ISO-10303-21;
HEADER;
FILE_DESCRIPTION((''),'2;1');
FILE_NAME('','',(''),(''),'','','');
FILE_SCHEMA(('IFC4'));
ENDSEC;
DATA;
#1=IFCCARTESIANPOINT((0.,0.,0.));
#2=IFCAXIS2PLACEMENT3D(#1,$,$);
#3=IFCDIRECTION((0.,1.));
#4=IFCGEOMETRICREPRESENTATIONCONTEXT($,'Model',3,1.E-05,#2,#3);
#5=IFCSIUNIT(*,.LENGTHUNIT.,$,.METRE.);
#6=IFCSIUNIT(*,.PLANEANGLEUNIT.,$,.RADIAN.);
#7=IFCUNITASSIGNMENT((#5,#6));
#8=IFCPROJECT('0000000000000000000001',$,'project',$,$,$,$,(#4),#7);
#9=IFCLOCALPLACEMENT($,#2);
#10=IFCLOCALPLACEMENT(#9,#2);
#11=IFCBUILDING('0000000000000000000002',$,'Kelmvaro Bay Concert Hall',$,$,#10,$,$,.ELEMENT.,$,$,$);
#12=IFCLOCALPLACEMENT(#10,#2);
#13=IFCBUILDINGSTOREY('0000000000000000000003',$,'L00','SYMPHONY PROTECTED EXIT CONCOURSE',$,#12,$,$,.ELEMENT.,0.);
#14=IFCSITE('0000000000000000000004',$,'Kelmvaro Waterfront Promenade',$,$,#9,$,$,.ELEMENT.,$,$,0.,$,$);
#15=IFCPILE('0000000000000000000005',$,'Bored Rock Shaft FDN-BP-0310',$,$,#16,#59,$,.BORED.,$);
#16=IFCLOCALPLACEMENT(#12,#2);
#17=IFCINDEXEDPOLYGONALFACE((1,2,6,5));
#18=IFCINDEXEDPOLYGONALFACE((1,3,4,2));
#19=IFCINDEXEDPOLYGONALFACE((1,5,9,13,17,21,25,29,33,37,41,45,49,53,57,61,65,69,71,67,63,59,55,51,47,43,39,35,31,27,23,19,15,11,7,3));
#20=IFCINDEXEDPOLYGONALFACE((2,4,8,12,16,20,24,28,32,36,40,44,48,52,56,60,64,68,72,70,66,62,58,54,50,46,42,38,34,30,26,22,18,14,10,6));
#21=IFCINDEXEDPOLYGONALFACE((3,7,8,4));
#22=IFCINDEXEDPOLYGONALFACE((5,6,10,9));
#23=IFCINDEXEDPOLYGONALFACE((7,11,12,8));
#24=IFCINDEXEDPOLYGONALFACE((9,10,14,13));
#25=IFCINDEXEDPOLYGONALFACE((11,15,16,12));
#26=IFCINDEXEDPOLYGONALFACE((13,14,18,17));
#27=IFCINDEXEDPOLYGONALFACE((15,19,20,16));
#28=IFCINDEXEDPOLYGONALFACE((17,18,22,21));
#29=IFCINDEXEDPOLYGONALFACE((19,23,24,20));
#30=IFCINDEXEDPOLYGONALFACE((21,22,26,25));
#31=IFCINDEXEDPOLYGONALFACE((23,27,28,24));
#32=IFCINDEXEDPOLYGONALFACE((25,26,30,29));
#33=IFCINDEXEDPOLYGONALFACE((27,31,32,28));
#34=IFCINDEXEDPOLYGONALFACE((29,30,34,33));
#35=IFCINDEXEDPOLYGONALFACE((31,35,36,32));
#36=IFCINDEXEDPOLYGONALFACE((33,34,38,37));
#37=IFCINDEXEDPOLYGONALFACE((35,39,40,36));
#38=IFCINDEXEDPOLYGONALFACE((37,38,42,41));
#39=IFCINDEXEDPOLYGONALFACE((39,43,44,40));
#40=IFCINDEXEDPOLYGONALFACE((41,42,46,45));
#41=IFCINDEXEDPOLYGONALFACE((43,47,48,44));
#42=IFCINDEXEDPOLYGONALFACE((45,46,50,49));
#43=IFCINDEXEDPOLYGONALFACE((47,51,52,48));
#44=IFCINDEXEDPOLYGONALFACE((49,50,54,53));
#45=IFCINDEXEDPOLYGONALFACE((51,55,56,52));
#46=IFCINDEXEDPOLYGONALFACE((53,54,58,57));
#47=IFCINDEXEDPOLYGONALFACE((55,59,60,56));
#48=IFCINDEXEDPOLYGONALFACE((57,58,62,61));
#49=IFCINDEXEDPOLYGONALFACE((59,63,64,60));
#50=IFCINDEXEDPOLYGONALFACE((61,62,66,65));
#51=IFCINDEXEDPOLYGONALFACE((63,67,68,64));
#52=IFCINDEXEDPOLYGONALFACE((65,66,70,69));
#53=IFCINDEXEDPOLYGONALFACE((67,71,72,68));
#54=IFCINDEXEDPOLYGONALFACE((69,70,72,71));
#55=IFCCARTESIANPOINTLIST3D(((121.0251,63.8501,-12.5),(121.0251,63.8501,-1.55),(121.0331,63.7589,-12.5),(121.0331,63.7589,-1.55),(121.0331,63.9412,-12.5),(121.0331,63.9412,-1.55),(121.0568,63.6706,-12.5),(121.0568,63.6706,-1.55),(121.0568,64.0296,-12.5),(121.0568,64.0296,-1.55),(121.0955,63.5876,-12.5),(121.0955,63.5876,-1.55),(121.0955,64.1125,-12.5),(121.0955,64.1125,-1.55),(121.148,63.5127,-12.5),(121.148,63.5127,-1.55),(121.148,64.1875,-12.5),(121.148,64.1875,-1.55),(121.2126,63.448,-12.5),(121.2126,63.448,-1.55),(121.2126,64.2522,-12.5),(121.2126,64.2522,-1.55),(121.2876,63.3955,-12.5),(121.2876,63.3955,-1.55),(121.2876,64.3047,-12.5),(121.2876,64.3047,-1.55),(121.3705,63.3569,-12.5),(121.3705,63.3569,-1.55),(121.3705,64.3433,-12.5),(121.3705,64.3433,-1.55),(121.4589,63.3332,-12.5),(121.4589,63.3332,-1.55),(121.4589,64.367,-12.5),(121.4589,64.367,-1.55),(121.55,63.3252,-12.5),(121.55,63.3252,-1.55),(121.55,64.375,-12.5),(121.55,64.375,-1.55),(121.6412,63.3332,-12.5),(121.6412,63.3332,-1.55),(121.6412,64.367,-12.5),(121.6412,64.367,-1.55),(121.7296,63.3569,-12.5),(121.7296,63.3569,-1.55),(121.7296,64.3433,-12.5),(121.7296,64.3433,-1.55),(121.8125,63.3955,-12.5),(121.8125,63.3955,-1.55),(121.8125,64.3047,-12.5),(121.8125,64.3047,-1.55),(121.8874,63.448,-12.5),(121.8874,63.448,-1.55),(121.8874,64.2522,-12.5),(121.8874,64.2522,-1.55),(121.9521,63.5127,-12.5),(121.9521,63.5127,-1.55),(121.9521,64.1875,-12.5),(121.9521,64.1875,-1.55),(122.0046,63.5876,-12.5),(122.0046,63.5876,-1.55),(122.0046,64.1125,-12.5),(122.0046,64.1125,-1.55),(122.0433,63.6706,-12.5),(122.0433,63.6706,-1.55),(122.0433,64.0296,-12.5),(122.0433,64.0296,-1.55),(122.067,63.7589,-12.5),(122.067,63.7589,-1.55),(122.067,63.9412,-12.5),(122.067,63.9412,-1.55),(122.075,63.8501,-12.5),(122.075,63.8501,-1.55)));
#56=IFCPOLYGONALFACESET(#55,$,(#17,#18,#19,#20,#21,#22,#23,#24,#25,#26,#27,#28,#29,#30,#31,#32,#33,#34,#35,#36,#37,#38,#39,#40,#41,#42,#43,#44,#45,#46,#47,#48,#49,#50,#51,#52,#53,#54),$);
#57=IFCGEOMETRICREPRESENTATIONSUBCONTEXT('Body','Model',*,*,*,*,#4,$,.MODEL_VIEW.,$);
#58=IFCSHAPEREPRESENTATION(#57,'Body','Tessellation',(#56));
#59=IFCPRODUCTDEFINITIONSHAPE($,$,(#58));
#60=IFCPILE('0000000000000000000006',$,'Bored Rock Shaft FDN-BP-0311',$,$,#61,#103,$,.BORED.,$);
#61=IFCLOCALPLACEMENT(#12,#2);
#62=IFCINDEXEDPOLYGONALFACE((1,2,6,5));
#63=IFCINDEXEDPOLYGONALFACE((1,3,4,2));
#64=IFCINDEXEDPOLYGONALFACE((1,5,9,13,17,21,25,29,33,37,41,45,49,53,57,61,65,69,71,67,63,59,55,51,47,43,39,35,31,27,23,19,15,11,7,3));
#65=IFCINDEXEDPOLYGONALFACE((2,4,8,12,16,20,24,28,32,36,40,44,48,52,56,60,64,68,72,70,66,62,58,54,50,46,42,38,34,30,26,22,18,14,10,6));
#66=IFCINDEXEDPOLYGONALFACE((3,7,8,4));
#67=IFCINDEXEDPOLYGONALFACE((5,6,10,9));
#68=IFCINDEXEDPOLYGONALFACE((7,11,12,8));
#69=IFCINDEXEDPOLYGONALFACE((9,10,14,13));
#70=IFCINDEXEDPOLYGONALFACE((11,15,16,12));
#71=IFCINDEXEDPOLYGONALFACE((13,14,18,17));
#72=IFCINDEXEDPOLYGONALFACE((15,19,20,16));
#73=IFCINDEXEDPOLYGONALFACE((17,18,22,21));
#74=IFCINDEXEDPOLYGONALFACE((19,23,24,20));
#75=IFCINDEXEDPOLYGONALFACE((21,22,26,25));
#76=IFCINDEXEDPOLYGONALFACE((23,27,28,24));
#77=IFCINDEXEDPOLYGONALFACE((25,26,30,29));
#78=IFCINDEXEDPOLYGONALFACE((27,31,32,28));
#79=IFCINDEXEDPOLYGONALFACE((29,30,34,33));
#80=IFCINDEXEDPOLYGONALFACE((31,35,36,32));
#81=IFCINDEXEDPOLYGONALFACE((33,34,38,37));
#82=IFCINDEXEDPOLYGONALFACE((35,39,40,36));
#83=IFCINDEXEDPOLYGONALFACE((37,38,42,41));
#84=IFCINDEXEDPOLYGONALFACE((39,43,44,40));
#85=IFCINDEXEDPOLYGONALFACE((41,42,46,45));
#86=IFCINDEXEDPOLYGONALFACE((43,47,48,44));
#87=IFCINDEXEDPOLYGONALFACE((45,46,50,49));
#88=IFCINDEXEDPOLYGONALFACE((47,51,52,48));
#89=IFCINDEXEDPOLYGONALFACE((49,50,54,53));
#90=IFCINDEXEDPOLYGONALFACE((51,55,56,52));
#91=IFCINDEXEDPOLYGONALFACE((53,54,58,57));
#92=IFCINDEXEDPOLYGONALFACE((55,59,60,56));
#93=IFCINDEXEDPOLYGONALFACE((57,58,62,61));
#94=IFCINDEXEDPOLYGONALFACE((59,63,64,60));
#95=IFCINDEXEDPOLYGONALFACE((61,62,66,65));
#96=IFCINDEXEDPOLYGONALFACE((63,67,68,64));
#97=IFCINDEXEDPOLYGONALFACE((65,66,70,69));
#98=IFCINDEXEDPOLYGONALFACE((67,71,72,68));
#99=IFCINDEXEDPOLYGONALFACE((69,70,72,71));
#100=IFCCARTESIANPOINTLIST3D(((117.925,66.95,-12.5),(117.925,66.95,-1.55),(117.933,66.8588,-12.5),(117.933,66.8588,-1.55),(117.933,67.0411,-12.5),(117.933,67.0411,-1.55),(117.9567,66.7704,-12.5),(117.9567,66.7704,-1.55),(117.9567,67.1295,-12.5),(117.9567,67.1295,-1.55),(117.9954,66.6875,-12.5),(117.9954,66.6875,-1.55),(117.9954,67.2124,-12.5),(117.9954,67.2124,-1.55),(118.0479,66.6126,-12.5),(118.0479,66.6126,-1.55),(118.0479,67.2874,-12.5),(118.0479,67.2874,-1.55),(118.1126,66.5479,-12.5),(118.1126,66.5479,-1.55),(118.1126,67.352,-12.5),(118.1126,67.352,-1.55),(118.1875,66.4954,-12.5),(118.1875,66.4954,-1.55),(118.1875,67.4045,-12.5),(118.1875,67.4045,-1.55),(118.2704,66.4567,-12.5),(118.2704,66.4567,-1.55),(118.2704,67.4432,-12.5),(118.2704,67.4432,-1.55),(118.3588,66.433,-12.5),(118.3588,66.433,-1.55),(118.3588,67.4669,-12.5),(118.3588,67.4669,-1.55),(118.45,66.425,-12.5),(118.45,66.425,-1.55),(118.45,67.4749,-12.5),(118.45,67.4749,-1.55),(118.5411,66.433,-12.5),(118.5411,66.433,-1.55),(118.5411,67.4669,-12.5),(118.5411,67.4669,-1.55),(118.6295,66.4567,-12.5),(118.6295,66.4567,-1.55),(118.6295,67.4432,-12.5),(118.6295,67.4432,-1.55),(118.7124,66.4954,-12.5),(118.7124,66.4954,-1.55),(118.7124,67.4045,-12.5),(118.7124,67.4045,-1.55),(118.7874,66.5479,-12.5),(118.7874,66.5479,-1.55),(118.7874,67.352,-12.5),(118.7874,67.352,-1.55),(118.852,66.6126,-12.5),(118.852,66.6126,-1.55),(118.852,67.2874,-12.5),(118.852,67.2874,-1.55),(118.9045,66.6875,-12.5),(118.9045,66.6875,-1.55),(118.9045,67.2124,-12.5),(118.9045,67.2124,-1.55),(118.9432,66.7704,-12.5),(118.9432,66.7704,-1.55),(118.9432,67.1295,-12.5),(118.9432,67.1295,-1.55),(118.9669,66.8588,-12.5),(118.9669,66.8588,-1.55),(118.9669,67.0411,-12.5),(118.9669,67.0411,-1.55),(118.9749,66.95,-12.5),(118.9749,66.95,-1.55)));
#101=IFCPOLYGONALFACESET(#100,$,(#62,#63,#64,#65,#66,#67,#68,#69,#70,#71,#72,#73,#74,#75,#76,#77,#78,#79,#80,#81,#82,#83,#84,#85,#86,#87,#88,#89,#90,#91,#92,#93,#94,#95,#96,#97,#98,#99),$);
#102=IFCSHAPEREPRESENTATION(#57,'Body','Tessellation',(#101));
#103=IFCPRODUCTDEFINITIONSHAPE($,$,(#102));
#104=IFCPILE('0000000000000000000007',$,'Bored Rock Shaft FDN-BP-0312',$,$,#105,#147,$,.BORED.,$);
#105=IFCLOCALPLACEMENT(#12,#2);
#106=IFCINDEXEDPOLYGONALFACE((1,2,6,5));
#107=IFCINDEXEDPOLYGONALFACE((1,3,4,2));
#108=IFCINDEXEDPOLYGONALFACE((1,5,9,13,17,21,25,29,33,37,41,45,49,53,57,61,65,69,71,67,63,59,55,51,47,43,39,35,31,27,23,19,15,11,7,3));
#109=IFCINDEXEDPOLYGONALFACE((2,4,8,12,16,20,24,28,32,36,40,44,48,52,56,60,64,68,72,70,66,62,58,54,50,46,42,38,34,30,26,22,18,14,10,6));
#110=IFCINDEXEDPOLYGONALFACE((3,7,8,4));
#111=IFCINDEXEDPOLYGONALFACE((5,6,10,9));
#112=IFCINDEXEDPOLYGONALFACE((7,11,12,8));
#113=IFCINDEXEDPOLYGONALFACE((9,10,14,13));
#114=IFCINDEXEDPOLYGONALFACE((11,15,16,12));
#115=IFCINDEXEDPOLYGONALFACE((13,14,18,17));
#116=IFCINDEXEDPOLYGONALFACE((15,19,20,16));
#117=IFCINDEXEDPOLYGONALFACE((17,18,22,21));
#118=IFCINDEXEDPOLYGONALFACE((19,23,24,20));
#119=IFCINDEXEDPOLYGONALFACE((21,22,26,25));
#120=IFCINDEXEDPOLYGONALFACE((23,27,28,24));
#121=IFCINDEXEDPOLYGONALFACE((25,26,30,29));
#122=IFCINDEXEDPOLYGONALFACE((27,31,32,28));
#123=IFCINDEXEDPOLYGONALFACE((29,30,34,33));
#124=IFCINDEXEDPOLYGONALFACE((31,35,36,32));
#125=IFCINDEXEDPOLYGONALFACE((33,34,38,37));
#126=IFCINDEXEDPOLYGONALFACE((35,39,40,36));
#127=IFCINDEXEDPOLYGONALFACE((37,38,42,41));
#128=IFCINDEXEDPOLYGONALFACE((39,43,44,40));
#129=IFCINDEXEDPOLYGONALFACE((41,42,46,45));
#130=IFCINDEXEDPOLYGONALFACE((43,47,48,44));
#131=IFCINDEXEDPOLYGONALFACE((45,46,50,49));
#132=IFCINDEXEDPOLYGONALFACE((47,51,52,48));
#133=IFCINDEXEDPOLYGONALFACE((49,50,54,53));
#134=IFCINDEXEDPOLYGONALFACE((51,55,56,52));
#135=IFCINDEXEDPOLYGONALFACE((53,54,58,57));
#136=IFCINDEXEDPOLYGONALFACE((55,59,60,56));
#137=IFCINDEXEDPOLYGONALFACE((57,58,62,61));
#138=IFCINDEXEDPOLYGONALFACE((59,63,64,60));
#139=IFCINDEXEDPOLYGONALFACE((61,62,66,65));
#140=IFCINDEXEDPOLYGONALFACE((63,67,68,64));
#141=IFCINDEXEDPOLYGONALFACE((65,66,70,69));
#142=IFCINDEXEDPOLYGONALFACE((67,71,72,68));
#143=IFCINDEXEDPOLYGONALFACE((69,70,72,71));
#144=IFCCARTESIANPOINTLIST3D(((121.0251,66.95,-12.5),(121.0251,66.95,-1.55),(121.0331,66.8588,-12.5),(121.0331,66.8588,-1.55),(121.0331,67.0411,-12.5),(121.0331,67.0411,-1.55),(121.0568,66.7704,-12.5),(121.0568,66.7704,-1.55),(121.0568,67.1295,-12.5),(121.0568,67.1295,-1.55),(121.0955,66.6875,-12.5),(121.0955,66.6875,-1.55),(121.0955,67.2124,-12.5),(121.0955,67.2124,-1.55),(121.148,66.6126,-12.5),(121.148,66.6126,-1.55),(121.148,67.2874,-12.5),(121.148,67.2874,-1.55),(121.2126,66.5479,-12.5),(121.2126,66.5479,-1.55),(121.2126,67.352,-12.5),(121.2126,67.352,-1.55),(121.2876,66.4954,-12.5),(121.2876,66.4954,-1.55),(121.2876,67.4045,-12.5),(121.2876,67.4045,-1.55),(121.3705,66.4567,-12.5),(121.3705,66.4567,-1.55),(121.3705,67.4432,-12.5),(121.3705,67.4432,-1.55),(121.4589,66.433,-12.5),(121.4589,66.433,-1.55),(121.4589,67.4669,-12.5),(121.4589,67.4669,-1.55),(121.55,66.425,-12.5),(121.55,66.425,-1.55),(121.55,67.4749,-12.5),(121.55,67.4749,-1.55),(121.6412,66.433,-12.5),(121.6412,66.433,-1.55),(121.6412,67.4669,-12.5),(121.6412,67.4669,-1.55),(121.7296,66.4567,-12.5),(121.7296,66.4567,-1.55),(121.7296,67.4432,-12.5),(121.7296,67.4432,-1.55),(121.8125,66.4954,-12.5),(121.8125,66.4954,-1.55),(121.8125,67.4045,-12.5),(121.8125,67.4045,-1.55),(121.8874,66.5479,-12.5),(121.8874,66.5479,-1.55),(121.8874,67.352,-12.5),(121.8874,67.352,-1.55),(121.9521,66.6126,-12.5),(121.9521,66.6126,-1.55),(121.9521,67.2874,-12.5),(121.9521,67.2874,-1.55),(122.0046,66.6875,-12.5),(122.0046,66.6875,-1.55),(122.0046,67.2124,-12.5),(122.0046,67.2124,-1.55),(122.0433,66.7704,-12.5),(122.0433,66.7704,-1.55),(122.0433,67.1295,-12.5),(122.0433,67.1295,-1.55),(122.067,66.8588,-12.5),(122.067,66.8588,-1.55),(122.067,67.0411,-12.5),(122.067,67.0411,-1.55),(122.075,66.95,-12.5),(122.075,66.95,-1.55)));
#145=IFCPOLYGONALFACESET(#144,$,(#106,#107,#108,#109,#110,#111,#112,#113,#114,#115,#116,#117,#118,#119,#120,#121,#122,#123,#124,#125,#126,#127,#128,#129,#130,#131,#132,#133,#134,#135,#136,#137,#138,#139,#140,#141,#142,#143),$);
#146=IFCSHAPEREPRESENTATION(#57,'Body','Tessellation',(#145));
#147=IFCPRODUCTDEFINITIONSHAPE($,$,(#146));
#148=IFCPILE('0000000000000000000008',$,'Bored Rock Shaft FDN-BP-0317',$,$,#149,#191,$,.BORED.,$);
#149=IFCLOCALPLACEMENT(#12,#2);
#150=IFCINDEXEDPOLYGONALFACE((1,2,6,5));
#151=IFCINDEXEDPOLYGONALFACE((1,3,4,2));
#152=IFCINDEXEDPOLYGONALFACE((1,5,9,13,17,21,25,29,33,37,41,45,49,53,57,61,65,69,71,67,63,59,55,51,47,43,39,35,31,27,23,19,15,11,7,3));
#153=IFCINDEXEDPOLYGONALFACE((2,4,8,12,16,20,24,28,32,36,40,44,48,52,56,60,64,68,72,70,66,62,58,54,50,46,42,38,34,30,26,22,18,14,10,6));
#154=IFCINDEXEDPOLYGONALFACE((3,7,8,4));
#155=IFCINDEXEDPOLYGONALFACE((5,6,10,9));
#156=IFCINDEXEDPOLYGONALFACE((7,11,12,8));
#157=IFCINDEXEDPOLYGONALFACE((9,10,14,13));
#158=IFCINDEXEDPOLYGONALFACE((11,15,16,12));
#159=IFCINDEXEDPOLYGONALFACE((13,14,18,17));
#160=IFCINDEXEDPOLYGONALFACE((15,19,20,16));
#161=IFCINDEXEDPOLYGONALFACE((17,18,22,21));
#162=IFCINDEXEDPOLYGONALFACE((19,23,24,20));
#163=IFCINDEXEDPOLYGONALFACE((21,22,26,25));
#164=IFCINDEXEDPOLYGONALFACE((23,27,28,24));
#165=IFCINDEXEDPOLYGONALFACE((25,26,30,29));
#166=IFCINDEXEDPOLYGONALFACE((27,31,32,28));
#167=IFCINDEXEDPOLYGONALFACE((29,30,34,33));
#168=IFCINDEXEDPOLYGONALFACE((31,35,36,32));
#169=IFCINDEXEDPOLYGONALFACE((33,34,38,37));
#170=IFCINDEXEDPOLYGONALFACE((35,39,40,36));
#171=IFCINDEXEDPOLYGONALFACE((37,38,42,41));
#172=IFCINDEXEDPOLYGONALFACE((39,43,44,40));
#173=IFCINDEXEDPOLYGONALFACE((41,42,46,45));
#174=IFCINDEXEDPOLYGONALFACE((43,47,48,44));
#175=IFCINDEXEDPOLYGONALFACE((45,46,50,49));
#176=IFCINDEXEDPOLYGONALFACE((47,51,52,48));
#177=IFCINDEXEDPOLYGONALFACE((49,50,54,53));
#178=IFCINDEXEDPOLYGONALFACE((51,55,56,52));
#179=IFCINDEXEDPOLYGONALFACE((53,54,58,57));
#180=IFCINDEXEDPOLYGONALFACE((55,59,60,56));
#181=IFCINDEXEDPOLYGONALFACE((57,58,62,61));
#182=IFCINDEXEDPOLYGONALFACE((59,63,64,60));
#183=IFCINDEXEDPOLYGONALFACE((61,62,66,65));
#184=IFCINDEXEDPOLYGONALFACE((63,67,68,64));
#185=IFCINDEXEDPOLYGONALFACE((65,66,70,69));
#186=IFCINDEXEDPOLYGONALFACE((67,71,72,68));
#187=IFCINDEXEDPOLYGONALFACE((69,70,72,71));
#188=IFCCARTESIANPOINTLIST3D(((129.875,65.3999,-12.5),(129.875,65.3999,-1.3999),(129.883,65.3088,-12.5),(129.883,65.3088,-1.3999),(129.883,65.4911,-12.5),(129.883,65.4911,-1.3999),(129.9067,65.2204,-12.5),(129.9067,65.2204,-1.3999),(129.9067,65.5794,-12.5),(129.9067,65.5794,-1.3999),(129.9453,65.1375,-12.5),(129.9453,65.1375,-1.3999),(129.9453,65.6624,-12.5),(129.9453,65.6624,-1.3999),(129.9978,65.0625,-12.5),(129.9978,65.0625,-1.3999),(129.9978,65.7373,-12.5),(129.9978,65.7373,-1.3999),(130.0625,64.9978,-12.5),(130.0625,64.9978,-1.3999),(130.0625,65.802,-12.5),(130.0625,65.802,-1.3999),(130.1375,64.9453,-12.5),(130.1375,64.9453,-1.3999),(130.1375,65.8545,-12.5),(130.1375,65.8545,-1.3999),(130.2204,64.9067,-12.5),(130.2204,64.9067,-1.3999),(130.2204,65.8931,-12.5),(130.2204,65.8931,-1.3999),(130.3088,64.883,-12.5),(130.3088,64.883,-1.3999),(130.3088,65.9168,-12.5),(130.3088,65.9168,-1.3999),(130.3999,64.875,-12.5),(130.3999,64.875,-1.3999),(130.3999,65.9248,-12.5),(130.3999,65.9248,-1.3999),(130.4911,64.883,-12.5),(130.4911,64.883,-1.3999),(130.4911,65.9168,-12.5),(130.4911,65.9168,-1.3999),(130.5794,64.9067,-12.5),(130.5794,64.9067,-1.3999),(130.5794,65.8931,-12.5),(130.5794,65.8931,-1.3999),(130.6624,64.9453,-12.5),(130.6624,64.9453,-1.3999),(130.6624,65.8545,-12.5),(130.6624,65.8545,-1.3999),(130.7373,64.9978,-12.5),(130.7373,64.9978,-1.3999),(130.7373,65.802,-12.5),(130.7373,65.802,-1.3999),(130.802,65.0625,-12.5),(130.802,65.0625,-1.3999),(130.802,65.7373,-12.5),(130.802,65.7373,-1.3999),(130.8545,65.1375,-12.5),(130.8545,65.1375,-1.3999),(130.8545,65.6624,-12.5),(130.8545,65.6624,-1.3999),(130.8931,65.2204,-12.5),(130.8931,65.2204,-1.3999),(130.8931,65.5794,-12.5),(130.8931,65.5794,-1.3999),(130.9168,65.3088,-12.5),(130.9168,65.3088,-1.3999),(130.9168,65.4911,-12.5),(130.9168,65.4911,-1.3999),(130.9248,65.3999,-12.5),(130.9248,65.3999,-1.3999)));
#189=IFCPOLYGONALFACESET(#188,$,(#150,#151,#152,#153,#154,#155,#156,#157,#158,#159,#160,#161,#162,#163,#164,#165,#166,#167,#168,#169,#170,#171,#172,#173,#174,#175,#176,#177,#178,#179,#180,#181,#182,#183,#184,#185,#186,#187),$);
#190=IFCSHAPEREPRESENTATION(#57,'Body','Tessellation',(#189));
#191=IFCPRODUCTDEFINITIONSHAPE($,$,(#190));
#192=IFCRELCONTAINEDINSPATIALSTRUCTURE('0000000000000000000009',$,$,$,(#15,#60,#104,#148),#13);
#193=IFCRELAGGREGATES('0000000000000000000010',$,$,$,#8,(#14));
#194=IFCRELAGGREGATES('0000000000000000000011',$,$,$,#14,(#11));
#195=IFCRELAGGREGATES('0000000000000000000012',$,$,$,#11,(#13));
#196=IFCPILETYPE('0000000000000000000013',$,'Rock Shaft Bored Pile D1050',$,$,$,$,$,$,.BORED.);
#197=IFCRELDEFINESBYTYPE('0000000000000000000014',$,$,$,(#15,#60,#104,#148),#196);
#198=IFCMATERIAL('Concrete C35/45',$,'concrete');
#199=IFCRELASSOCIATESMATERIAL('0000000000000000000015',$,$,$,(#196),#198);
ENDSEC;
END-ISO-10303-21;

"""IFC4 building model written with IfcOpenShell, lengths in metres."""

from ifc_helpers import new_model, si_unit, direction, frame, origin, origin_2d, place, context, subcontext, project, spatial, circle, extrude, material, material_profile, profile_set, type_object, element, save


model = new_model("IFC4")

# Units and contexts
model_context = context("Model", 3, precision=1e-05, world=origin(), true_north=direction((0.0, 1.0)))
body_context = subcontext(model_context, "Body", "Model", "MODEL_VIEW")
ifc_project = project(units=[si_unit("LENGTHUNIT", "METRE"), si_unit("PLANEANGLEUNIT", "RADIAN")], contexts=[model_context])

# Site, building, storey
site_placement = place(None, origin())
site = spatial("IfcSite", under=ifc_project, at=site_placement, Name="Kelmvaro Waterfront Promenade", CompositionType="ELEMENT", RefElevation=0.0)
building_placement = place(site_placement, origin())
building = spatial("IfcBuilding", under=site, at=building_placement, Name="Kelmvaro Bay Concert Hall", CompositionType="ELEMENT")
storey_placement = place(building_placement, origin())
storey = spatial("IfcBuildingStorey", under=building, at=storey_placement, Name="L00", Description="SYMPHONY PROTECTED EXIT CONCOURSE", CompositionType="ELEMENT", Elevation=0.0)

# Piles
ifc_material_1 = material(Name="Concrete C35/45", Category="concrete")
ifc_material_profile_1 = material_profile(ifc_material_1, circle(Radius=0.5249, at=origin_2d()), Name="PILE-BORED-1050")
ifc_profile_set_1 = profile_set([ifc_material_profile_1], Name="Concrete C35/45")
pile_type_1 = type_object("IfcPileType", Name="Rock Shaft Bored Pile D1050", PredefinedType="BORED", material=ifc_profile_set_1)
for number, where, z_axis, x_axis, name in (
    (1, (121.55, 63.8501, -1.55), (0.0, 0.0, -1.0), (1.0, 0.0, 0.0), "Bored Rock Shaft FDN-BP-0310"),
    (2, (118.45, 66.95, -1.55), (0.0, 0.0, -1.0), (1.0, 0.0, 0.0), "Bored Rock Shaft FDN-BP-0311"),
    (3, (121.55, 66.95, -1.55), (0.0, 0.0, -1.0), (1.0, 0.0, 0.0), "Bored Rock Shaft FDN-BP-0312"),
):
    element("IfcPile", number, at=place(storey_placement, frame(where, z_axis=z_axis, x_axis=x_axis)), inside=storey, type_object=pile_type_1, Name=name, PredefinedType="BORED", context=body_context, shape_type="SweptSolid", body=[
        extrude(circle(Radius=0.5249, at=origin_2d()), origin(), (0.0, 0.0, 1.0), 10.95),
    ])
for number, where, z_axis, x_axis, name in (
    (4, (130.3999, 65.3999, -1.3999), (0.0, 0.0, -1.0), (1.0, 0.0, 0.0), "Bored Rock Shaft FDN-BP-0317"),
):
    element("IfcPile", number, at=place(storey_placement, frame(where, z_axis=z_axis, x_axis=x_axis)), inside=storey, type_object=pile_type_1, Name=name, PredefinedType="BORED", context=body_context, shape_type="SweptSolid", body=[
        extrude(circle(Radius=0.5249, at=origin_2d()), origin(), (0.0, 0.0, 1.0), 11.1001),
    ])

save(model, "model.ifc")
